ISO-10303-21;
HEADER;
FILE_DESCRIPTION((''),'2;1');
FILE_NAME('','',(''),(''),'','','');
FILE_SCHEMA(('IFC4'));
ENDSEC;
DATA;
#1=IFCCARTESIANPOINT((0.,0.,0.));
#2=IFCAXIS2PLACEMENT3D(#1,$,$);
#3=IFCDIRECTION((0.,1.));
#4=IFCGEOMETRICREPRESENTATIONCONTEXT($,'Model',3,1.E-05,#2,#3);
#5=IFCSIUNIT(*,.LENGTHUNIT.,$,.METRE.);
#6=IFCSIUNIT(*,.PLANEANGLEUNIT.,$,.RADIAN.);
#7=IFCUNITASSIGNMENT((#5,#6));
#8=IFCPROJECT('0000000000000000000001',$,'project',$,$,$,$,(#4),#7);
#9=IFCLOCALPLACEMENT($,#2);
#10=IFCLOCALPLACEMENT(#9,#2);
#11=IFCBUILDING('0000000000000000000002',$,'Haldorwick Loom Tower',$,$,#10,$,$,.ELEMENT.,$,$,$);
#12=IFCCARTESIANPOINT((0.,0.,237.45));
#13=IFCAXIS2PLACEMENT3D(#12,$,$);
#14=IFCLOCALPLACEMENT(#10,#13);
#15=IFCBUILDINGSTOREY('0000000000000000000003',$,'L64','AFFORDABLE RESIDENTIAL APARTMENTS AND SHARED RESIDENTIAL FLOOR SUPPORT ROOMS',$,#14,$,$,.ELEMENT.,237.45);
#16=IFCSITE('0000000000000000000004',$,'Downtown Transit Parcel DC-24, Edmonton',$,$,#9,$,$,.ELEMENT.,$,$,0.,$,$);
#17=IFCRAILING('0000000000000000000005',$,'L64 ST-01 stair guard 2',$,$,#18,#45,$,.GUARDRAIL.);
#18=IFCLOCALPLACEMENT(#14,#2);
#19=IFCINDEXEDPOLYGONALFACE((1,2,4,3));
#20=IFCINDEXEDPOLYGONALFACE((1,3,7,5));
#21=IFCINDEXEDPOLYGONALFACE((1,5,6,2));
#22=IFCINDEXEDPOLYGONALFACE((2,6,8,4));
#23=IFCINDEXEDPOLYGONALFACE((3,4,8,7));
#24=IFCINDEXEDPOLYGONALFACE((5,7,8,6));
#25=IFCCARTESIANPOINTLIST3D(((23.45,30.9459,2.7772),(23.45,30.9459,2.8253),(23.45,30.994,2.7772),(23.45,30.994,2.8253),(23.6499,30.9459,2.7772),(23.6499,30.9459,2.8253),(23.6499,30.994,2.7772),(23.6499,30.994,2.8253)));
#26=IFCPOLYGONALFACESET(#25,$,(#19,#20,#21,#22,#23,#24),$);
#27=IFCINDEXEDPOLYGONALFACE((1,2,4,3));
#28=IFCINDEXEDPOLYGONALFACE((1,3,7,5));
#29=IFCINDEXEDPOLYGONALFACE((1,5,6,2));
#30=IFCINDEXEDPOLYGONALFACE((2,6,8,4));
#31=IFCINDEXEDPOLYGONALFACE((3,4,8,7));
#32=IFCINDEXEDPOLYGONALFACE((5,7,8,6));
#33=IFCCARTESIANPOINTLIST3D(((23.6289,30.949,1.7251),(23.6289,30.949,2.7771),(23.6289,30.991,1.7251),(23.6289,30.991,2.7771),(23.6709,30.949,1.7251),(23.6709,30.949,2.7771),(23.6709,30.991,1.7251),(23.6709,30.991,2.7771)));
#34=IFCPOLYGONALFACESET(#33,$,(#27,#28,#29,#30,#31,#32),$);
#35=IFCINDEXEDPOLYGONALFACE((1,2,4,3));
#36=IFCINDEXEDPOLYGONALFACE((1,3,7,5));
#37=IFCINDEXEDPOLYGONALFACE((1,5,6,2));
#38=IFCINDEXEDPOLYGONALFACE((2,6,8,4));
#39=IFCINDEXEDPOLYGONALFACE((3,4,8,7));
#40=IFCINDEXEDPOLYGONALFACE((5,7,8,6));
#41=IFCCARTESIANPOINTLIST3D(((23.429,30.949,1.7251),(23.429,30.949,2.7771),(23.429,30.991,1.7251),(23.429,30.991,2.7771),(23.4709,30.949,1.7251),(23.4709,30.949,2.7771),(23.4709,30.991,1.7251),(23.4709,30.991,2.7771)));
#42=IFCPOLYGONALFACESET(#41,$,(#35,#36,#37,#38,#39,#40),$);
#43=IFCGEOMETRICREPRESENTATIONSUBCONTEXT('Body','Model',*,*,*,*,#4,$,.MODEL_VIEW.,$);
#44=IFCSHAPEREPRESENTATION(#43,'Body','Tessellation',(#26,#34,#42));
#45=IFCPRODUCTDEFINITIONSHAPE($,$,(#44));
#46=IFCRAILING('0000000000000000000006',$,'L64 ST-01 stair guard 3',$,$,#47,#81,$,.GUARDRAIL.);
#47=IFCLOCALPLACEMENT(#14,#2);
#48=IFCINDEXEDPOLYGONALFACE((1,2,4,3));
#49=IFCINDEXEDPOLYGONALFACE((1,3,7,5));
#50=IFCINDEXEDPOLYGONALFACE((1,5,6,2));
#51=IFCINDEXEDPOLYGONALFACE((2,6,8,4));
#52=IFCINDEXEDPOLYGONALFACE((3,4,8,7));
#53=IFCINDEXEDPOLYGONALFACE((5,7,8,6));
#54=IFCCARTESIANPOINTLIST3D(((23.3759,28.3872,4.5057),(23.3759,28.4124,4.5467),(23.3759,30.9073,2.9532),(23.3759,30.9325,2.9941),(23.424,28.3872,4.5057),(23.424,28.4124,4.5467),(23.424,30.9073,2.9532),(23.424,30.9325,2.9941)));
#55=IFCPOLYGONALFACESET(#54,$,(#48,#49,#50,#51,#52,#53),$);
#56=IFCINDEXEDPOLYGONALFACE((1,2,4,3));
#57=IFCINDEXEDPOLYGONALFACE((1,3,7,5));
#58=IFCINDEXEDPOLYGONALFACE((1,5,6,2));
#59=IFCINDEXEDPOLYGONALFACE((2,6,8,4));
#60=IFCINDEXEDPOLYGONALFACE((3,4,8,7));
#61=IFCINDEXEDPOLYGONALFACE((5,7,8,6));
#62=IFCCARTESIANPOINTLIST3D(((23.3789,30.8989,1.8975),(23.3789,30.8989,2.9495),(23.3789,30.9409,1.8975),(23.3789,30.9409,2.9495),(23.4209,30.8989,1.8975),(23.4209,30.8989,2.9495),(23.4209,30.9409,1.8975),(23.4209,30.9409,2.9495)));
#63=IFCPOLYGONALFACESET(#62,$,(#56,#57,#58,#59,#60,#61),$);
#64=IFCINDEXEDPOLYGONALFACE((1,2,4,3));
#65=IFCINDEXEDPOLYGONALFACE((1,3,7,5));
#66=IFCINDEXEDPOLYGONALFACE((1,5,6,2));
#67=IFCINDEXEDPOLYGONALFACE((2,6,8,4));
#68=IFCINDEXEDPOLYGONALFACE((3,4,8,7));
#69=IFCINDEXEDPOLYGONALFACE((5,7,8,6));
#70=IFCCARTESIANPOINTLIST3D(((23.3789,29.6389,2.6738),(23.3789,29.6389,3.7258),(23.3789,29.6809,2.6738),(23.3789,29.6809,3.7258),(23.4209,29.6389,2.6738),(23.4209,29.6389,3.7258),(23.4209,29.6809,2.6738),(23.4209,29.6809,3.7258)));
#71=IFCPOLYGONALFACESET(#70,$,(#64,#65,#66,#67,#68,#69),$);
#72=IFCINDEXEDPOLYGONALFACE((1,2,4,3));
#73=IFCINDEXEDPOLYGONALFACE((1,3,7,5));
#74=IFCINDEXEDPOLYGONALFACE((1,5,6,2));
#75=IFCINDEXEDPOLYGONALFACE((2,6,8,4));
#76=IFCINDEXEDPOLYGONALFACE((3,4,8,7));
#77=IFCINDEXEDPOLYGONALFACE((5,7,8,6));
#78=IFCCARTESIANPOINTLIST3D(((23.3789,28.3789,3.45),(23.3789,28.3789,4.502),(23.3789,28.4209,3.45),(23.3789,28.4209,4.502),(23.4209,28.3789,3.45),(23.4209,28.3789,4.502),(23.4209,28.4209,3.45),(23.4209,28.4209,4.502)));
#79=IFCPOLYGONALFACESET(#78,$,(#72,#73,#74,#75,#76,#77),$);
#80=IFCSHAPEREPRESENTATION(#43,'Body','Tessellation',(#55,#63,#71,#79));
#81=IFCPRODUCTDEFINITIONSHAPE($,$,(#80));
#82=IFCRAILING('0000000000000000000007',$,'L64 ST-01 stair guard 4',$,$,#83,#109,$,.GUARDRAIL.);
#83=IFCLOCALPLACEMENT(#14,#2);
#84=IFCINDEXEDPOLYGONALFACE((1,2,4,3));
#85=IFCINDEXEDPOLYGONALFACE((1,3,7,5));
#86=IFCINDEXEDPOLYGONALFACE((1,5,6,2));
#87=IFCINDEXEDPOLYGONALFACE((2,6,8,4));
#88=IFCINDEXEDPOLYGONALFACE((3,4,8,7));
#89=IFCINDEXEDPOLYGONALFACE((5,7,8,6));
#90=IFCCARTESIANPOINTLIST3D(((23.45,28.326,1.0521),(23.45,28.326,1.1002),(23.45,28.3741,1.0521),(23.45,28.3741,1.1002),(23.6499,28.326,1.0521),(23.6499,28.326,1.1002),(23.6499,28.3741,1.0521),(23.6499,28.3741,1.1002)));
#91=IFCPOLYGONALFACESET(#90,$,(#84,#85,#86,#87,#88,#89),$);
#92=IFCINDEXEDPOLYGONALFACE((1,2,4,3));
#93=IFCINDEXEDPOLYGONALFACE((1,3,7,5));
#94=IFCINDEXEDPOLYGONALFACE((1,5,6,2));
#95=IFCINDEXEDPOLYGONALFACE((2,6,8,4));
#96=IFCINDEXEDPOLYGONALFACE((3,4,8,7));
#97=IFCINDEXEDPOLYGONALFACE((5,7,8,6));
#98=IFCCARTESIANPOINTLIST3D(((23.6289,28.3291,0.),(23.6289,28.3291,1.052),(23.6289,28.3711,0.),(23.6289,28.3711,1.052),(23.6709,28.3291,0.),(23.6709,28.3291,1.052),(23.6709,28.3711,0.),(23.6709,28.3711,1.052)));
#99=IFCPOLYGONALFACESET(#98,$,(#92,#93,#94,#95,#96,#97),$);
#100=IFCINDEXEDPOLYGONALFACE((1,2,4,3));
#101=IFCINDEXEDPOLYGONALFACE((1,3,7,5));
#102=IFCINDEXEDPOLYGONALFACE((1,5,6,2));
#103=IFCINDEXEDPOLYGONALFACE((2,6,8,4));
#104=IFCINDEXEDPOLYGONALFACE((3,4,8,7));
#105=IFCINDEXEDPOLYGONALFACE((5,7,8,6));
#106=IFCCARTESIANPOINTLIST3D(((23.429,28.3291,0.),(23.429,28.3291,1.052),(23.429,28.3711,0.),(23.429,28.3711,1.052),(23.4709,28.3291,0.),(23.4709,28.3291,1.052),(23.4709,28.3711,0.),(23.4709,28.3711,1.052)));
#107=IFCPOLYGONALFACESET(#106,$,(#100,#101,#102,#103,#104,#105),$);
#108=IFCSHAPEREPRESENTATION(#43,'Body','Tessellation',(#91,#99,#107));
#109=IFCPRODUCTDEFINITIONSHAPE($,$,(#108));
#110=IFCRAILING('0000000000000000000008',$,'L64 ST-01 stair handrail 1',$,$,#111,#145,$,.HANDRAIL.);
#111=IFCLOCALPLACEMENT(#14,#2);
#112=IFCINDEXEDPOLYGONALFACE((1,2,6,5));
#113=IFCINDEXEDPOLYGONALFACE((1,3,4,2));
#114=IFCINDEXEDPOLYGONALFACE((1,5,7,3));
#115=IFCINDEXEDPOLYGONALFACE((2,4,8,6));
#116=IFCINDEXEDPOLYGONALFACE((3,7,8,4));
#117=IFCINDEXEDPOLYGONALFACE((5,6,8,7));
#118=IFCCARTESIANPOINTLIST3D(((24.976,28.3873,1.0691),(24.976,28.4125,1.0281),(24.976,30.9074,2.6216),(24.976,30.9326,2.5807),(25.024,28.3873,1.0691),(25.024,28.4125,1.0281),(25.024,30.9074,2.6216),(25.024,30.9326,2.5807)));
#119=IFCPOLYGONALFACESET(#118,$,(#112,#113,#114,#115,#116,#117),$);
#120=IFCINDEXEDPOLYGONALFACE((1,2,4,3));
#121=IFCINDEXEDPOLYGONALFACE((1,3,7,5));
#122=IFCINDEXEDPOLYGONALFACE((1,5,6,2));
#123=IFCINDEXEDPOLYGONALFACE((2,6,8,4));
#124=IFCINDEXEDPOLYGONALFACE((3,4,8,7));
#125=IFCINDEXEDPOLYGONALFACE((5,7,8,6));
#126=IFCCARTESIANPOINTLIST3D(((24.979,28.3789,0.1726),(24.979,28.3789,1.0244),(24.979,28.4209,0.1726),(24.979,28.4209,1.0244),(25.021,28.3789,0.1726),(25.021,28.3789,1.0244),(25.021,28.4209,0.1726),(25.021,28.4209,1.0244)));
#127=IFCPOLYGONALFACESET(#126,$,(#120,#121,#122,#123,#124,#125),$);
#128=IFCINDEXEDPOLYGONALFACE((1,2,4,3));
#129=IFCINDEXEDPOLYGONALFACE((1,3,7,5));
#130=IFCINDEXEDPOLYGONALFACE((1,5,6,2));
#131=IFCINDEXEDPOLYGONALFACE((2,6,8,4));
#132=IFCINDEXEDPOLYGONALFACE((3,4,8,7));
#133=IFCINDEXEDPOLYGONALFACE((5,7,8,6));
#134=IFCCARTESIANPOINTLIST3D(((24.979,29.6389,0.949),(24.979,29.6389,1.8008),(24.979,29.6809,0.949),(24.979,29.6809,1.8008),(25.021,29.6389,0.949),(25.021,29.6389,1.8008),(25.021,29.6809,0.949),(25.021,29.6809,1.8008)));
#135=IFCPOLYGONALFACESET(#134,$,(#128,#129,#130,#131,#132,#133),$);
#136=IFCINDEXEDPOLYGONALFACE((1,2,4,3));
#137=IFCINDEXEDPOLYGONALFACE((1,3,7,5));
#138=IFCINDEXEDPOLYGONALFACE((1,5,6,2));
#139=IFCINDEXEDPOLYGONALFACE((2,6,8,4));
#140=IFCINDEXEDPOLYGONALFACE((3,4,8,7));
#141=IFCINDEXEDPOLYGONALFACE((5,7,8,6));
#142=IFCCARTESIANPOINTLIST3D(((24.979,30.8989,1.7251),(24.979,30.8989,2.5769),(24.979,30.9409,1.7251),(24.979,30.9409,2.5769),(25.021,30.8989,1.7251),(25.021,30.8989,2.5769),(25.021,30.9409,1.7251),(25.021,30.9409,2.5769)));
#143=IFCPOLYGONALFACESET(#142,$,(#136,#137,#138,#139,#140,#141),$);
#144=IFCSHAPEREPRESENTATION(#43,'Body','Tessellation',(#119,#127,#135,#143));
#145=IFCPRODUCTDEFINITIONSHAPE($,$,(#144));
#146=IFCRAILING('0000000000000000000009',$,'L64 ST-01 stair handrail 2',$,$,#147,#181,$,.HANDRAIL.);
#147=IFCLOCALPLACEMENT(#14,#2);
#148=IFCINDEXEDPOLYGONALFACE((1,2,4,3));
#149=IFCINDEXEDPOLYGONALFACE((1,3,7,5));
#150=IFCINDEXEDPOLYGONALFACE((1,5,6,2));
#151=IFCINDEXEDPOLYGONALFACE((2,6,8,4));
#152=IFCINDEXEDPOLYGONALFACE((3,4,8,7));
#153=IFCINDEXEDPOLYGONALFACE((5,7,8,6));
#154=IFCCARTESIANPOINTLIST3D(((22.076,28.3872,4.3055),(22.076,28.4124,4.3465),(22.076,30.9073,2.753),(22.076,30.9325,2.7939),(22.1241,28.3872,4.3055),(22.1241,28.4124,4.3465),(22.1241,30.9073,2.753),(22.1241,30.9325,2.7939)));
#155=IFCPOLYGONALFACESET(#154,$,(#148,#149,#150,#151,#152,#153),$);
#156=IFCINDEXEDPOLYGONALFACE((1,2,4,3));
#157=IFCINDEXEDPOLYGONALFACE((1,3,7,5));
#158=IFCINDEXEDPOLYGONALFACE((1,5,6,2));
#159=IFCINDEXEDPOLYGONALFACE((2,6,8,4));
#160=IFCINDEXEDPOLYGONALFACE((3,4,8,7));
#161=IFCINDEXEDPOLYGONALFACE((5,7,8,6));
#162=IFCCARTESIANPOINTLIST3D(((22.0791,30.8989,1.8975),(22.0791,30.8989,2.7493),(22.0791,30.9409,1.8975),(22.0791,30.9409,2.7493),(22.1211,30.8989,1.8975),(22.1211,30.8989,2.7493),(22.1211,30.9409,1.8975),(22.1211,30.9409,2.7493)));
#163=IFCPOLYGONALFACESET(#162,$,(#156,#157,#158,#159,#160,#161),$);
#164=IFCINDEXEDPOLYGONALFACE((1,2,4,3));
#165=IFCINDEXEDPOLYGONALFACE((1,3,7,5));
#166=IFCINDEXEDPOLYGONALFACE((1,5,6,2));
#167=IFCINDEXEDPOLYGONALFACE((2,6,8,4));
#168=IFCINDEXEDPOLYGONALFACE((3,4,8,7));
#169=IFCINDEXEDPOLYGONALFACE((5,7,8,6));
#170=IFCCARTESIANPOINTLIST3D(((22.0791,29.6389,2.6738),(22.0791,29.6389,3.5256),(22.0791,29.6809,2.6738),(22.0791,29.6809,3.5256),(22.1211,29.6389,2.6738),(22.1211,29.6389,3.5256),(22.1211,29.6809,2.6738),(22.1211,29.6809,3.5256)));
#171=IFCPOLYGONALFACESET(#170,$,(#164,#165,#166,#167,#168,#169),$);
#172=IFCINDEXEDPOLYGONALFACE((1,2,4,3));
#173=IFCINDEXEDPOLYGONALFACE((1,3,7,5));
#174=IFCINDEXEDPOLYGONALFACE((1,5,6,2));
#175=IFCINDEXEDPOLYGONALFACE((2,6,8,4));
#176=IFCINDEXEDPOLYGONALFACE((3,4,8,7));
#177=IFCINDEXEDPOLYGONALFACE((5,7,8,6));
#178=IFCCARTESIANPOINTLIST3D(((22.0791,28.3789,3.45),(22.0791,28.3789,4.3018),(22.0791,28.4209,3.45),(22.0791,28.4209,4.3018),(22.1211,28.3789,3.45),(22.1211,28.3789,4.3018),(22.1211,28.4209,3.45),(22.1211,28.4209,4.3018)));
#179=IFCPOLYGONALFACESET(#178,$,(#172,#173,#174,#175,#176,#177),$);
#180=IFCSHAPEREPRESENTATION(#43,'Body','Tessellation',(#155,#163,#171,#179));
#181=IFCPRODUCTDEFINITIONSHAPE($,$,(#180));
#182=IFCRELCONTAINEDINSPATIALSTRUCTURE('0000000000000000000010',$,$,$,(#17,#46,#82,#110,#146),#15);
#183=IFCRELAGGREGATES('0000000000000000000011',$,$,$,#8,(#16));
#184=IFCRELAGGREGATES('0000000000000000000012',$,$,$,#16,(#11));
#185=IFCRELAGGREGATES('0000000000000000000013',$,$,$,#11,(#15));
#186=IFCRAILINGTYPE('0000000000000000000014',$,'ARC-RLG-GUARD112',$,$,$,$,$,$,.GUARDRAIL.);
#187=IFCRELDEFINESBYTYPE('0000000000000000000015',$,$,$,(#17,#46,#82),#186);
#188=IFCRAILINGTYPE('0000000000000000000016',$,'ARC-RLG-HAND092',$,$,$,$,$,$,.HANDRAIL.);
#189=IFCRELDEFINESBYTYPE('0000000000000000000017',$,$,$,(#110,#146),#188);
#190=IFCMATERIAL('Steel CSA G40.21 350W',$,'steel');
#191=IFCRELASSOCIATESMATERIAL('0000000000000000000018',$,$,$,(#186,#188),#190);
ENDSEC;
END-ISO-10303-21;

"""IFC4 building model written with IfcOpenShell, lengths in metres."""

from ifc_helpers import new_model, si_unit, direction, frame, origin, origin_2d, place, context, subcontext, project, spatial, rectangle, extrude, material, type_object, element, save


model = new_model("IFC4")

# Units and contexts
model_context = context("Model", 3, precision=1e-05, world=origin(), true_north=direction((0.0, 1.0)))
body_context = subcontext(model_context, "Body", "Model", "MODEL_VIEW")
ifc_project = project(units=[si_unit("LENGTHUNIT", "METRE"), si_unit("PLANEANGLEUNIT", "RADIAN")], contexts=[model_context])

# Site, building, storey
site_placement = place(None, origin())
site = spatial("IfcSite", under=ifc_project, at=site_placement, Name="Downtown Transit Parcel DC-24, Edmonton", CompositionType="ELEMENT", RefElevation=0.0)
building_placement = place(site_placement, origin())
building = spatial("IfcBuilding", under=site, at=building_placement, Name="Haldorwick Loom Tower", CompositionType="ELEMENT")
storey_placement = place(building_placement, frame((0.0, 0.0, 237.45)))
storey = spatial("IfcBuildingStorey", under=building, at=storey_placement, Name="L64", Description="AFFORDABLE RESIDENTIAL APARTMENTS AND SHARED RESIDENTIAL FLOOR SUPPORT ROOMS", CompositionType="ELEMENT", Elevation=237.45)

# Shared definitions
ifc_material_1 = material(Name="Steel CSA G40.21 350W", Category="steel")

# Railings
railing_type_1 = type_object("IfcRailingType", Name="ARC-RLG-GUARD112", PredefinedType="GUARDRAIL", material=ifc_material_1)
railing_1_placement = place(storey_placement, frame((23.6499, 30.97, 1.7251)))
element("IfcRailing", 1, at=railing_1_placement, inside=storey, type_object=railing_type_1, Name="L64 ST-01 stair guard 2", PredefinedType="GUARDRAIL", context=body_context, shape_type="SweptSolid", body=[
    extrude(rectangle(XDim=0.0481, YDim=0.0481, at=origin_2d()), frame((0.0, 0.0, 1.0762), z_axis=(-1.0, 0.0, 0.0), x_axis=(0.0, -1.0, 0.0)), (0.0, 0.0, 1.0), 0.2),
    extrude(rectangle(XDim=0.042, YDim=0.042, at=origin_2d()), origin(), (0.0, 0.0, 1.0), 1.052),
    extrude(rectangle(XDim=0.042, YDim=0.042, at=origin_2d()), frame((-0.2, 0.0, 0.0)), (0.0, 0.0, 1.0), 1.052),
])
railing_2_placement = place(storey_placement, frame((23.3999, 30.9199, 1.8975)))
element("IfcRailing", 2, at=railing_2_placement, inside=storey, type_object=railing_type_1, Name="L64 ST-01 stair guard 3", PredefinedType="GUARDRAIL", context=body_context, shape_type="SweptSolid", body=[
    extrude(rectangle(XDim=0.0481, YDim=0.0481, at=origin_2d()), frame((0.0, 0.0, 1.0762), z_axis=(0.0, -0.8514, 0.524516), x_axis=(1.0, 0.0, 0.0)), (0.0, 0.0, 1.0), 2.96),
    extrude(rectangle(XDim=0.042, YDim=0.042, at=origin_2d()), origin(), (0.0, 0.0, 1.0), 1.052),
    extrude(rectangle(XDim=0.042, YDim=0.042, at=origin_2d()), frame((0.0, -1.26, 0.7764)), (0.0, 0.0, 1.0), 1.052),
    extrude(rectangle(XDim=0.042, YDim=0.042, at=origin_2d()), frame((0.0, -2.52, 1.5525)), (0.0, 0.0, 1.0), 1.052),
])
railing_3_placement = place(storey_placement, frame((23.6499, 28.3501, 0.0)))
element("IfcRailing", 3, at=railing_3_placement, inside=storey, type_object=railing_type_1, Name="L64 ST-01 stair guard 4", PredefinedType="GUARDRAIL", context=body_context, shape_type="SweptSolid", body=[
    extrude(rectangle(XDim=0.0481, YDim=0.0481, at=origin_2d()), frame((0.0, 0.0, 1.0762), z_axis=(-1.0, 0.0, 0.0), x_axis=(0.0, -1.0, 0.0)), (0.0, 0.0, 1.0), 0.2),
    extrude(rectangle(XDim=0.042, YDim=0.042, at=origin_2d()), origin(), (0.0, 0.0, 1.0), 1.052),
    extrude(rectangle(XDim=0.042, YDim=0.042, at=origin_2d()), frame((-0.2, 0.0, 0.0)), (0.0, 0.0, 1.0), 1.052),
])
railing_type_2 = type_object("IfcRailingType", Name="ARC-RLG-HAND092", PredefinedType="HANDRAIL", material=ifc_material_1)
railing_4_placement = place(storey_placement, frame((25.0, 28.3999, 0.1726)))
element("IfcRailing", 4, at=railing_4_placement, inside=storey, type_object=railing_type_2, Name="L64 ST-01 stair handrail 1", PredefinedType="HANDRAIL", context=body_context, shape_type="SweptSolid", body=[
    extrude(rectangle(XDim=0.0481, YDim=0.0481, at=origin_2d()), frame((0.0, 0.0, 0.876), z_axis=(0.0, 0.8514, 0.524516), x_axis=(-1.0, 0.0, 0.0)), (0.0, 0.0, 1.0), 2.96),
    extrude(rectangle(XDim=0.042, YDim=0.042, at=origin_2d()), origin(), (0.0, 0.0, 1.0), 0.8518),
    extrude(rectangle(XDim=0.042, YDim=0.042, at=origin_2d()), frame((0.0, 1.26, 0.7764)), (0.0, 0.0, 1.0), 0.8518),
    extrude(rectangle(XDim=0.042, YDim=0.042, at=origin_2d()), frame((0.0, 2.52, 1.5525)), (0.0, 0.0, 1.0), 0.8518),
])
railing_5_placement = place(storey_placement, frame((22.1001, 30.9199, 1.8975)))
element("IfcRailing", 5, at=railing_5_placement, inside=storey, type_object=railing_type_2, Name="L64 ST-01 stair handrail 2", PredefinedType="HANDRAIL", context=body_context, shape_type="SweptSolid", body=[
    extrude(rectangle(XDim=0.0481, YDim=0.0481, at=origin_2d()), frame((0.0, 0.0, 0.876), z_axis=(0.0, -0.8514, 0.524516), x_axis=(1.0, 0.0, 0.0)), (0.0, 0.0, 1.0), 2.96),
    extrude(rectangle(XDim=0.042, YDim=0.042, at=origin_2d()), origin(), (0.0, 0.0, 1.0), 0.8518),
    extrude(rectangle(XDim=0.042, YDim=0.042, at=origin_2d()), frame((0.0, -1.26, 0.7764)), (0.0, 0.0, 1.0), 0.8518),
    extrude(rectangle(XDim=0.042, YDim=0.042, at=origin_2d()), frame((0.0, -2.52, 1.5525)), (0.0, 0.0, 1.0), 0.8518),
])

save(model, "model.ifc")
